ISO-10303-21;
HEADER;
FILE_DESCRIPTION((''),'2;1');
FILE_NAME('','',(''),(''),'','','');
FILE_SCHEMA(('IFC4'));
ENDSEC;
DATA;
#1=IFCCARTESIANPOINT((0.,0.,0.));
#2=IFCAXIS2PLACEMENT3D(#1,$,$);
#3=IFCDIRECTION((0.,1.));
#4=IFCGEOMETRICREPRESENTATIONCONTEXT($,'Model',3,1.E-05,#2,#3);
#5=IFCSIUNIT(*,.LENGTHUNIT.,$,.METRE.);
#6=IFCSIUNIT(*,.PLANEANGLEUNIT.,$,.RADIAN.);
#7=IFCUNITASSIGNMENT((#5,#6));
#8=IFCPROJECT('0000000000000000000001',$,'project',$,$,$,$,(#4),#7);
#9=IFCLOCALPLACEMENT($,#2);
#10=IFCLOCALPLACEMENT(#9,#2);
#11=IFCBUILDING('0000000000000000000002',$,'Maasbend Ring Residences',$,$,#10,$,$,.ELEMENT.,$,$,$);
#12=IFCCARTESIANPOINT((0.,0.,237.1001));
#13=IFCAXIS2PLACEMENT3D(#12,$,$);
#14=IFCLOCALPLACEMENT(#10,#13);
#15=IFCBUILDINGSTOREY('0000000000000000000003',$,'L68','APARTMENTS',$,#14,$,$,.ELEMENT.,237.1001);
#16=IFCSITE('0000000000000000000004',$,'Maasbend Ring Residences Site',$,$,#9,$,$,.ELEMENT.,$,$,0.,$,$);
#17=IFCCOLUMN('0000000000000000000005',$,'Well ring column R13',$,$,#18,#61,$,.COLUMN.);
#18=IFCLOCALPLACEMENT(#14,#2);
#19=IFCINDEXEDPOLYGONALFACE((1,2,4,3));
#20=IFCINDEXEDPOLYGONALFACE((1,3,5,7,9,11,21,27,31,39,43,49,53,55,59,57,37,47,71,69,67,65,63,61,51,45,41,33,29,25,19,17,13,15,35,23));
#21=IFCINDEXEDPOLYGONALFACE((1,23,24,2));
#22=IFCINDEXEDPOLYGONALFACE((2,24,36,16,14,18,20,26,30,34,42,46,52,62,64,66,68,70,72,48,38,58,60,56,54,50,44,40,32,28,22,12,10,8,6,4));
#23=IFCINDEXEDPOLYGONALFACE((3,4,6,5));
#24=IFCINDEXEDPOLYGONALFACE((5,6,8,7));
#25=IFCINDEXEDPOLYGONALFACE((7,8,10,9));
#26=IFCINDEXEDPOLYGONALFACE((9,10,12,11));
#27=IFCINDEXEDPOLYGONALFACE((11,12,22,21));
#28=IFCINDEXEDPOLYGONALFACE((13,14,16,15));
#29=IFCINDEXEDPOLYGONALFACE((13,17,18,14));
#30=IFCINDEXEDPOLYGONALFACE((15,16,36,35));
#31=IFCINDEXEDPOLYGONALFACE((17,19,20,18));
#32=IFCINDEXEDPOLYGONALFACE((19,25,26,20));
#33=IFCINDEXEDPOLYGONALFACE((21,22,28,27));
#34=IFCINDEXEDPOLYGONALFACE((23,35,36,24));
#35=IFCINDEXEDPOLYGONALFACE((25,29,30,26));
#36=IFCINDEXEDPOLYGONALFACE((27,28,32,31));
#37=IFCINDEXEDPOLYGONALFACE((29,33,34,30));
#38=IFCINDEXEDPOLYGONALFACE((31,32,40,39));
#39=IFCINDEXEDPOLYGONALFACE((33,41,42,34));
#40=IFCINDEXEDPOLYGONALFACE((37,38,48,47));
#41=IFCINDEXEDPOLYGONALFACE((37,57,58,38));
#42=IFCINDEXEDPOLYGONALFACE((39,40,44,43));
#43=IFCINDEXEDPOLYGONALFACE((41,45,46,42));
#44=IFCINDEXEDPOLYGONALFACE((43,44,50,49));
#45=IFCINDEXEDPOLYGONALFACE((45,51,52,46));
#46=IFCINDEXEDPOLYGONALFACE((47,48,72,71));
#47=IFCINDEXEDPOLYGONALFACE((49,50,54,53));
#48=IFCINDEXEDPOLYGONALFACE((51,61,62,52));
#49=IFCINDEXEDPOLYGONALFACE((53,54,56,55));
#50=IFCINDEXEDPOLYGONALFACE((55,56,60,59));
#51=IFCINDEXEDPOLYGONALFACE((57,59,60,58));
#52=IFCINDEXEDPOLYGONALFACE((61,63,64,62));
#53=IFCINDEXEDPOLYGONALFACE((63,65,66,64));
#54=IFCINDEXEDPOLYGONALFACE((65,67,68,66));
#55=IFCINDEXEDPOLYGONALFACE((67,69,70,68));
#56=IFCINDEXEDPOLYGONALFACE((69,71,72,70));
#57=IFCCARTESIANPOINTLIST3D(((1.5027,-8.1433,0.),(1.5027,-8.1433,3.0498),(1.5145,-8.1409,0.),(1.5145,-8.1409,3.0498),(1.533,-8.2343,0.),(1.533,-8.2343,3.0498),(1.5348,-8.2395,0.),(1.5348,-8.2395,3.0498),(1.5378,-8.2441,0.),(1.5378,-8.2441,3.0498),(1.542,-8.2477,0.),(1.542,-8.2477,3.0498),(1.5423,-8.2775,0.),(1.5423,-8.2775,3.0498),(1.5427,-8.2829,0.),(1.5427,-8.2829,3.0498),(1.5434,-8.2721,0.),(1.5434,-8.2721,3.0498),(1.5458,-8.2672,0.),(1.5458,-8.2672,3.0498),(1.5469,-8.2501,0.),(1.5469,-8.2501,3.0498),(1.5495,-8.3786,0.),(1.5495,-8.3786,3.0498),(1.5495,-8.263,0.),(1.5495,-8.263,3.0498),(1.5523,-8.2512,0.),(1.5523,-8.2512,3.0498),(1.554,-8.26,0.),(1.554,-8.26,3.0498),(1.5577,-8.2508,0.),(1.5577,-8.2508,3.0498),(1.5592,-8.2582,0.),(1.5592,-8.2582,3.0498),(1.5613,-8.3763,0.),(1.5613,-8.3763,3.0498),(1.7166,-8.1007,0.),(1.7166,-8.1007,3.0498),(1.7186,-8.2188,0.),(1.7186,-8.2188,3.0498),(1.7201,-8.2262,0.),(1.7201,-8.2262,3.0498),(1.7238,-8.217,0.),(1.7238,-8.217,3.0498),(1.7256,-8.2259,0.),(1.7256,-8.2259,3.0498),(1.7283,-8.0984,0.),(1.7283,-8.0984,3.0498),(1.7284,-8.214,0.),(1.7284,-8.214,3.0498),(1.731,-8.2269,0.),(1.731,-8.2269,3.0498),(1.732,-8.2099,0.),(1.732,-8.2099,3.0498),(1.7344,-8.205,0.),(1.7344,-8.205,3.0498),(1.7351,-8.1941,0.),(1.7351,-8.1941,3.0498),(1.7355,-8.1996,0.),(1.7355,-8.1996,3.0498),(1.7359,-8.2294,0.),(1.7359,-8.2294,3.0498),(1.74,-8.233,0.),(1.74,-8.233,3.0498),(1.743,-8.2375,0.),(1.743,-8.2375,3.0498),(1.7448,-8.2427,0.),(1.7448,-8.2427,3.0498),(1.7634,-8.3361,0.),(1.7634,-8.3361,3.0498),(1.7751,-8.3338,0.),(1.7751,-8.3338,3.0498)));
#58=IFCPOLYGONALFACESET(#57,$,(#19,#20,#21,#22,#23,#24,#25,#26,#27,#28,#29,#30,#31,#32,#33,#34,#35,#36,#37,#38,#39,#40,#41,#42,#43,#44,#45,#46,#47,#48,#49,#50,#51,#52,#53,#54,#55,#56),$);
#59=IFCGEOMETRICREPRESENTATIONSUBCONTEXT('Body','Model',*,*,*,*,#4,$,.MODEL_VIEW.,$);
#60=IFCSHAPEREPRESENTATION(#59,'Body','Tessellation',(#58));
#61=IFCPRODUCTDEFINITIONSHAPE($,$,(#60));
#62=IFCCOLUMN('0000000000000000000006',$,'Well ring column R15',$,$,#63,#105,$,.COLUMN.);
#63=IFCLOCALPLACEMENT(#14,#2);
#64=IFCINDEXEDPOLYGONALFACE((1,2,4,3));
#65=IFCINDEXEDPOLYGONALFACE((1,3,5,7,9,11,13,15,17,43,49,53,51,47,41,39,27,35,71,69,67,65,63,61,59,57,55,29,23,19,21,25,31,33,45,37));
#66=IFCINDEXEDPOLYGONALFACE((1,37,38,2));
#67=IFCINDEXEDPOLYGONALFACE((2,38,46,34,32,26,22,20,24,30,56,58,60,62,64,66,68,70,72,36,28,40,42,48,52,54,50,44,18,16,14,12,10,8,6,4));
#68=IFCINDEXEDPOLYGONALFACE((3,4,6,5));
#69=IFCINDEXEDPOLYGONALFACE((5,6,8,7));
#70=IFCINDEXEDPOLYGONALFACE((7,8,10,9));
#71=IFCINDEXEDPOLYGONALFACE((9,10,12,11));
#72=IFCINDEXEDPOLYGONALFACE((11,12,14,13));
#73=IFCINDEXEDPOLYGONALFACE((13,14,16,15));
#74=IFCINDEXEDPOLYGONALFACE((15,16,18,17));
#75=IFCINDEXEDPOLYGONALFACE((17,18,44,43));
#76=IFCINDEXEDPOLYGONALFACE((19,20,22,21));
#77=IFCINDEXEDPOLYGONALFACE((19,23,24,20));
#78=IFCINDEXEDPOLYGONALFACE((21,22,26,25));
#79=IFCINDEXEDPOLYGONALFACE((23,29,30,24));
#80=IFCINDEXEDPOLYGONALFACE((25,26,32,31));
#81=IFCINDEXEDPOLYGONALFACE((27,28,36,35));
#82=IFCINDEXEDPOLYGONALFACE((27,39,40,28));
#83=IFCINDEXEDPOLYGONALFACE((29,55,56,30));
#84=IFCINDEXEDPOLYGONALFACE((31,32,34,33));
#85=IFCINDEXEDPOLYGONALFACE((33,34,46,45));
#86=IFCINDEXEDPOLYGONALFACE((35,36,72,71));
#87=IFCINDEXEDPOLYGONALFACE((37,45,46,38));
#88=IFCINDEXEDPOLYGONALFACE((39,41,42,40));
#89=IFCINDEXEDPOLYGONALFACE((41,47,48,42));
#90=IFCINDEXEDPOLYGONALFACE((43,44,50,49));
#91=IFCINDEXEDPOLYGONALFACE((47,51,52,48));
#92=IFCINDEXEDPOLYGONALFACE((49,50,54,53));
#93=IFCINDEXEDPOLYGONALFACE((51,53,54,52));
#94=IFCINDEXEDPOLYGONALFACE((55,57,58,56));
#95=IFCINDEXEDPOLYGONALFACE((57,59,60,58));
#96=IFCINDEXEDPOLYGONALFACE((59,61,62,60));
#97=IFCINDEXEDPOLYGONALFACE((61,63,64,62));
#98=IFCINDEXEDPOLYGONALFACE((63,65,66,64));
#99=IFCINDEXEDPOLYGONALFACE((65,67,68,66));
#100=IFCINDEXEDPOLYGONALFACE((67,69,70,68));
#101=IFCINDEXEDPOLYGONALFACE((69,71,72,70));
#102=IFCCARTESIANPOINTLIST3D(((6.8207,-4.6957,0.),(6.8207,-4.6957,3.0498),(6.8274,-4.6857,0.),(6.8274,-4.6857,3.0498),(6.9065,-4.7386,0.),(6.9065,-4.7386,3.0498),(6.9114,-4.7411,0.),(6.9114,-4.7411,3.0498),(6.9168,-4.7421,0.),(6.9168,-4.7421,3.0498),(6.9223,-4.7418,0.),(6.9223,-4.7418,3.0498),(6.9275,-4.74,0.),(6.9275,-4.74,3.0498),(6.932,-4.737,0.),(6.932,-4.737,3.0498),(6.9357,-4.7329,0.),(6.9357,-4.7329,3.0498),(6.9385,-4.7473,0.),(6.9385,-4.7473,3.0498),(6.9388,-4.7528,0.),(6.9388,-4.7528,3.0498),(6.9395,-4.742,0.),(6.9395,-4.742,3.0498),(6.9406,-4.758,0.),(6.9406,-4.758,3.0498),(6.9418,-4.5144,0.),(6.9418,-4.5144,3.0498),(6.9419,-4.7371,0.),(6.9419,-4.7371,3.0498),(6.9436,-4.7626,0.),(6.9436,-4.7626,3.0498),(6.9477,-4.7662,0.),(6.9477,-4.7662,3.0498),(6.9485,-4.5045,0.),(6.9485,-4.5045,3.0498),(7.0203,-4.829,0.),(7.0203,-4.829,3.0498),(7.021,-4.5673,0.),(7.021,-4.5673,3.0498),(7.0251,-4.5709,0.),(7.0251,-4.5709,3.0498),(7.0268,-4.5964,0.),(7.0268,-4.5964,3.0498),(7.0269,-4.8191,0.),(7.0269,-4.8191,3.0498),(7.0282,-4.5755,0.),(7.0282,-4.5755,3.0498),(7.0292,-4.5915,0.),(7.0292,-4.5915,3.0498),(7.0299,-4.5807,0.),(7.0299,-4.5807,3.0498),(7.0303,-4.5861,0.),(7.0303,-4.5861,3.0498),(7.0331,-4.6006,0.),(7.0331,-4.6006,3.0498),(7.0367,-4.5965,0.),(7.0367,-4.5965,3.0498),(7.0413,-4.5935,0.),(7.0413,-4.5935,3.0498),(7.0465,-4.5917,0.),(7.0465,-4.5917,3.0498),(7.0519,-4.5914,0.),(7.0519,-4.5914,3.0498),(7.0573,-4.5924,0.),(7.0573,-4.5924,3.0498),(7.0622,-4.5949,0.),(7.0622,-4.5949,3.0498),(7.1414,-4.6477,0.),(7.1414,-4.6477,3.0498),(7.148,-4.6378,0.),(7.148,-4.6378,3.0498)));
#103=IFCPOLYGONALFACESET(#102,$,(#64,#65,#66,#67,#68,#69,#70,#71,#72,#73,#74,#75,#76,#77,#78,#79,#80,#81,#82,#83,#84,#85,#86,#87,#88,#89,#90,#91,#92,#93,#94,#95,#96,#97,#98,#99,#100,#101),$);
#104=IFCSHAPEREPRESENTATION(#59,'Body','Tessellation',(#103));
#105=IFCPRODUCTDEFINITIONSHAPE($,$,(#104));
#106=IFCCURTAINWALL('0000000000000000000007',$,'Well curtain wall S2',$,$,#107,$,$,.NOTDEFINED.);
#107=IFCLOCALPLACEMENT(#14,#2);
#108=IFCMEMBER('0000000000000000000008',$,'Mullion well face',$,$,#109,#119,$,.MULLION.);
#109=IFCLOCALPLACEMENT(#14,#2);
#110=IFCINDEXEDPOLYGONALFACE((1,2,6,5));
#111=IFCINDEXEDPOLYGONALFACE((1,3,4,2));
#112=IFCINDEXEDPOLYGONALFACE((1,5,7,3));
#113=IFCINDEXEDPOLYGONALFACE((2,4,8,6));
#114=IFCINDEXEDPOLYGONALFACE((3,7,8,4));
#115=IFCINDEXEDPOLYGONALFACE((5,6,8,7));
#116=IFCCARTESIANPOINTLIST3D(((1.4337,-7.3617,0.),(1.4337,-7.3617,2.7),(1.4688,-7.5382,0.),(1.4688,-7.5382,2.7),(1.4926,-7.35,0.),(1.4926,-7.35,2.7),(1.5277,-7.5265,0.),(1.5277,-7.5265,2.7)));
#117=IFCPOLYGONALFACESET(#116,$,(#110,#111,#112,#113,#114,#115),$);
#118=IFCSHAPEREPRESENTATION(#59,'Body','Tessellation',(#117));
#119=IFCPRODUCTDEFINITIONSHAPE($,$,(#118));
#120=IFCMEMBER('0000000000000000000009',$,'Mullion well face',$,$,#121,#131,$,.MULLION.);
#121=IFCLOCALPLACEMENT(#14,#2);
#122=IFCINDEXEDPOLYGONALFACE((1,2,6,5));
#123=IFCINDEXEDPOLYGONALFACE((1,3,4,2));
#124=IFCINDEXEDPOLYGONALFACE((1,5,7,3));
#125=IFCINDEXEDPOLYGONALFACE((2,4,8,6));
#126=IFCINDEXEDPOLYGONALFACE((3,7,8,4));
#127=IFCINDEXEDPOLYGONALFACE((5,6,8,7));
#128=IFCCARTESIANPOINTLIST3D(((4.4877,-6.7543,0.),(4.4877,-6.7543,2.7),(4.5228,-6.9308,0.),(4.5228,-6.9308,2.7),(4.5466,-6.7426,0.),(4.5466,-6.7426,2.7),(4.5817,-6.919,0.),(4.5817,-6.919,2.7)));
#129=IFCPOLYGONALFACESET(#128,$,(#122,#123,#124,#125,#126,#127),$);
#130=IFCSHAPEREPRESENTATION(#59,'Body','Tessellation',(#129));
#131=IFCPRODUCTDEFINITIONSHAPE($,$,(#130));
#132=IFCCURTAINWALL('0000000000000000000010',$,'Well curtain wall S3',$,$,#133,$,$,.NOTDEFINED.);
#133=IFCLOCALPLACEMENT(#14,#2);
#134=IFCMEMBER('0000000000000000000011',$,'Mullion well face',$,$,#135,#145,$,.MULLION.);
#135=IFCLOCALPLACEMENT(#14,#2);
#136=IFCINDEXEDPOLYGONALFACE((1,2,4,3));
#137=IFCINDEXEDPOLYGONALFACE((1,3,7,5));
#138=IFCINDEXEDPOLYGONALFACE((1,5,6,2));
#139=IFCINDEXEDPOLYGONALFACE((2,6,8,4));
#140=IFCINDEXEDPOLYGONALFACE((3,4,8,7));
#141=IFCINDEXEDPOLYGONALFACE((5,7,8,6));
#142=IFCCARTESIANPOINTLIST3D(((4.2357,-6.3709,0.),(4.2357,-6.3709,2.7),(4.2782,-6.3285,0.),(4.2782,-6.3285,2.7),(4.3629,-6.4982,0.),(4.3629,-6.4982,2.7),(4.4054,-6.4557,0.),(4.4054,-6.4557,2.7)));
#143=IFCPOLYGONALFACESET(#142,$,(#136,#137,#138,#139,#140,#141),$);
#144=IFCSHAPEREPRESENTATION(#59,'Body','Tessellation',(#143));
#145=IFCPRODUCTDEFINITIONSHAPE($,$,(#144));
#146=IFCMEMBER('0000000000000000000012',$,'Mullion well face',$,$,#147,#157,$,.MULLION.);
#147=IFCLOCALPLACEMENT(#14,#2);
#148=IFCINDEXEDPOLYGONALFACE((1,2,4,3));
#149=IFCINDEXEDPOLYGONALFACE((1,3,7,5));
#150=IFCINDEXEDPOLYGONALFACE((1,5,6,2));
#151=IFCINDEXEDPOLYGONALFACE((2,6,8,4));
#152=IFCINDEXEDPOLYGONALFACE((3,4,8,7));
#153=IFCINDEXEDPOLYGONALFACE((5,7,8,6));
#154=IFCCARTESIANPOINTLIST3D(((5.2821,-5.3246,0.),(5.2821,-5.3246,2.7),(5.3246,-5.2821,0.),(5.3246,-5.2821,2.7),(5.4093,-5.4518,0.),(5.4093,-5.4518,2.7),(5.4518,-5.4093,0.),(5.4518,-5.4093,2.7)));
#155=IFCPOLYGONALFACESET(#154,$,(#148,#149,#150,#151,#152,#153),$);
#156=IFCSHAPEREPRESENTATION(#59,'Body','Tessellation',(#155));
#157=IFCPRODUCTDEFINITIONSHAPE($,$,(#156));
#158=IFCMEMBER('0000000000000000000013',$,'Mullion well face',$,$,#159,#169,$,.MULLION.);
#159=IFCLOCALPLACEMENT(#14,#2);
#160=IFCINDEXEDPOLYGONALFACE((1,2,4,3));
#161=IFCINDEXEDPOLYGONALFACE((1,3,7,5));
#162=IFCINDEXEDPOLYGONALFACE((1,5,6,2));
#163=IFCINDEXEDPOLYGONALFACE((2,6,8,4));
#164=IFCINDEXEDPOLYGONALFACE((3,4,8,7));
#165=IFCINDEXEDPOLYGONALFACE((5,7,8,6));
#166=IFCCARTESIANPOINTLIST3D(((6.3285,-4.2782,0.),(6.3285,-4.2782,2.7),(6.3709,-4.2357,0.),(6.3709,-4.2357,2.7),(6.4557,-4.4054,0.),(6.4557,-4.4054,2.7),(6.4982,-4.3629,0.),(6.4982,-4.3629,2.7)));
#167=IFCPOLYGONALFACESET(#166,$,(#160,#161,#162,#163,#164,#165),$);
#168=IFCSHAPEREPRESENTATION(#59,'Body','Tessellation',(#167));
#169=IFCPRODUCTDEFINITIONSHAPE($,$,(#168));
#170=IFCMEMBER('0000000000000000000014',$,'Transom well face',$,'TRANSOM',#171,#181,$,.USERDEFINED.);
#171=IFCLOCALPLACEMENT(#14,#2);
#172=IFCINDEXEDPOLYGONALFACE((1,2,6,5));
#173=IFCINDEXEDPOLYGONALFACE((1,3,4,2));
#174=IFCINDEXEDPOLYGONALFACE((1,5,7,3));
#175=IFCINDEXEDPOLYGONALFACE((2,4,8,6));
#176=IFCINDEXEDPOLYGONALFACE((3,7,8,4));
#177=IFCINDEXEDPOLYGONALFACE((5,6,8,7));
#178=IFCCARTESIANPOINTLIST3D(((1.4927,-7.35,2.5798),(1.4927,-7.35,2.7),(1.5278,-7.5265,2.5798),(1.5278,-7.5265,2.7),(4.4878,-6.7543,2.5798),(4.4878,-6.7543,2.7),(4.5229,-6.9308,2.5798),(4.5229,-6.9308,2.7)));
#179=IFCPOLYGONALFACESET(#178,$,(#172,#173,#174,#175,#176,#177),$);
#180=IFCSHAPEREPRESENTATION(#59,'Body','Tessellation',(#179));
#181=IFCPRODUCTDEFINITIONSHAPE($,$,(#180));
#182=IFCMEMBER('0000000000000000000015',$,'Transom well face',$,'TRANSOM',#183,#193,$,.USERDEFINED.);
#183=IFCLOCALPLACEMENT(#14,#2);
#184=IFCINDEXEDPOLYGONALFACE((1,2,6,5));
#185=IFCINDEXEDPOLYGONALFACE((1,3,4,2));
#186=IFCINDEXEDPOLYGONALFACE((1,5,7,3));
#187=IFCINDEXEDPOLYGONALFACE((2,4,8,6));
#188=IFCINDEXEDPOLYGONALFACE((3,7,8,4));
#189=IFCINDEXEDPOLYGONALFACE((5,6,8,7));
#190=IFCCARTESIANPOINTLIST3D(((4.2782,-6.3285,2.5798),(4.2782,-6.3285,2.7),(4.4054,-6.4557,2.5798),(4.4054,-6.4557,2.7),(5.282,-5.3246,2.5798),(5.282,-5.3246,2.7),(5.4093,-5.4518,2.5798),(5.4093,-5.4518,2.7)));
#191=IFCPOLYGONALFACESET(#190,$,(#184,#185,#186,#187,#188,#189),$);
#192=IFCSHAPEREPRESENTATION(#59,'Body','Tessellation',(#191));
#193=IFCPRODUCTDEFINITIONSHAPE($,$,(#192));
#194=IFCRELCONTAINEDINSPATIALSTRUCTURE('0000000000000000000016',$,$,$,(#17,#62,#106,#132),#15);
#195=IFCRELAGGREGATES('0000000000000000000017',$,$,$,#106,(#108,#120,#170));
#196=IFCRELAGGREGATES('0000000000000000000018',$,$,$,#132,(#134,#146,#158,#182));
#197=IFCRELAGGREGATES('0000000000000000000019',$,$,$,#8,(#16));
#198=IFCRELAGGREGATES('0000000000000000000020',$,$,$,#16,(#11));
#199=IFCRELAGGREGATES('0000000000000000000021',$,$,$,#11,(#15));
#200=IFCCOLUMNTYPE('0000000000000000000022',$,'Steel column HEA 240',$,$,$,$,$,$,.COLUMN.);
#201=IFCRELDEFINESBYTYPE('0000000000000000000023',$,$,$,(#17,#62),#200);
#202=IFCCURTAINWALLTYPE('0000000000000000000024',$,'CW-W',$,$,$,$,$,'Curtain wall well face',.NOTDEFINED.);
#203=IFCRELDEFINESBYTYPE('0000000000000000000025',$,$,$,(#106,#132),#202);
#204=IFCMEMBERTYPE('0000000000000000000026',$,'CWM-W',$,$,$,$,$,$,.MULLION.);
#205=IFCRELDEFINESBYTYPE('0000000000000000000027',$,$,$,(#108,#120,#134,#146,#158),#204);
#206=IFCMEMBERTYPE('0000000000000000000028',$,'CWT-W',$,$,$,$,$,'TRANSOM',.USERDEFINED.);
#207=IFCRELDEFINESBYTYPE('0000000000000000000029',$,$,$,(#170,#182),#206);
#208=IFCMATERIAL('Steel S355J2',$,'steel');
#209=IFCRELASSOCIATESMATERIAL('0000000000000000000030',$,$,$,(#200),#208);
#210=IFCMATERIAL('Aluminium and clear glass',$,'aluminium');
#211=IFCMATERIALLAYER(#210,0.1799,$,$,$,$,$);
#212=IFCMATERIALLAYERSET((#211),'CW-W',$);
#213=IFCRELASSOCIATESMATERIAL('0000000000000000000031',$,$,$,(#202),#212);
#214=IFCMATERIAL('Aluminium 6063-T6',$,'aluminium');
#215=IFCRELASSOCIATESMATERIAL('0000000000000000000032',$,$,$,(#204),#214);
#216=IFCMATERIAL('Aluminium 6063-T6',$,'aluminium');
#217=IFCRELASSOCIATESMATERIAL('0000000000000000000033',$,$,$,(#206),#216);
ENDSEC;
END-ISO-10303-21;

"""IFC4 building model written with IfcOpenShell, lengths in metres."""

from ifc_helpers import new_model, si_unit, direction, frame, origin, origin_2d, place, context, subcontext, project, spatial, rectangle, i_section, extrude, material, layer, layer_set, material_profile, profile_set, type_object, element, aggregate, save


model = new_model("IFC4")

# Units and contexts
model_context = context("Model", 3, precision=1e-05, world=origin(), true_north=direction((0.0, 1.0)))
body_context = subcontext(model_context, "Body", "Model", "MODEL_VIEW")
ifc_project = project(units=[si_unit("LENGTHUNIT", "METRE"), si_unit("PLANEANGLEUNIT", "RADIAN")], contexts=[model_context])

# Site, building, storey
site_placement = place(None, origin())
site = spatial("IfcSite", under=ifc_project, at=site_placement, Name="Maasbend Ring Residences Site", CompositionType="ELEMENT", RefElevation=0.0)
building_placement = place(site_placement, origin())
building = spatial("IfcBuilding", under=site, at=building_placement, Name="Maasbend Ring Residences", CompositionType="ELEMENT")
storey_placement = place(building_placement, frame((0.0, 0.0, 237.1001)))
storey = spatial("IfcBuildingStorey", under=building, at=storey_placement, Name="L68", Description="APARTMENTS", CompositionType="ELEMENT", Elevation=237.1001)

# Columns
ifc_material_1 = material(Name="Steel S355J2", Category="steel")
ifc_material_profile_1 = material_profile(ifc_material_1, i_section(OverallWidth=0.24, OverallDepth=0.23, WebThickness=0.0076, FlangeThickness=0.012, FilletRadius=0.021, at=origin_2d()), Name="HEA 240")
ifc_profile_set_1 = profile_set([ifc_material_profile_1], Name="Steel S355J2")
column_type = type_object("IfcColumnType", Name="Steel column HEA 240", PredefinedType="COLUMN", material=ifc_profile_set_1)
for number, where, z_axis, x_axis, name in (
    (1, (1.6389, -8.2385, 0.0), (0.0, 0.0, 1.0), (0.19509, -0.980785, 0.0), "Well ring column R13"),
    (2, (6.9844, -4.6667, 0.0), (0.0, 0.0, 1.0), (0.83147, -0.55557, 0.0), "Well ring column R15"),
):
    element("IfcColumn", number, at=place(storey_placement, frame(where, z_axis=z_axis, x_axis=x_axis)), inside=storey, type_object=column_type, Name=name, PredefinedType="COLUMN", context=body_context, shape_type="SweptSolid", body=[
        extrude(i_section(OverallWidth=0.24, OverallDepth=0.23, WebThickness=0.0076, FlangeThickness=0.012, FilletRadius=0.021, at=origin_2d()), origin(), (0.0, 0.0, 1.0), 3.0498),
    ])

# Curtain walls, members
ifc_material_2 = material(Name="Aluminium and clear glass", Category="aluminium")
ifc_layer_1 = layer(ifc_material_2, 0.1799)
ifc_layer_set_1 = layer_set([ifc_layer_1], Name="CW-W")
curtain_wall_type = type_object("IfcCurtainWallType", Name="CW-W", ElementType="Curtain wall well face", PredefinedType="NOTDEFINED", material=ifc_layer_set_1)
curtain_wall_1_placement = place(storey_placement, origin())
curtain_wall_1 = element("IfcCurtainWall", 3, at=curtain_wall_1_placement, inside=storey, type_object=curtain_wall_type, Name="Well curtain wall S2", PredefinedType="NOTDEFINED")
ifc_material_3 = material(Name="Aluminium 6063-T6", Category="aluminium")
ifc_material_profile_2 = material_profile(ifc_material_3, rectangle(XDim=0.1799, YDim=0.0601, at=origin_2d()), Name="AL 180x60")
ifc_profile_set_2 = profile_set([ifc_material_profile_2], Name="Aluminium 6063-T6")
member_type_1 = type_object("IfcMemberType", Name="CWM-W", PredefinedType="MULLION", material=ifc_profile_set_2)
member_1_placement = place(storey_placement, frame((1.4807, -7.4441, 0.0), z_axis=(0.0, 0.0, 1.0), x_axis=(-0.19509, 0.980785, 0.0)))
member_1 = element("IfcMember", 4, at=member_1_placement, type_object=member_type_1, Name="Mullion well face", PredefinedType="MULLION", context=body_context, shape_type="SweptSolid", body=[
    extrude(rectangle(XDim=0.1799, YDim=0.0601, at=origin_2d()), origin(), (0.0, 0.0, 1.0), 2.7),
])
member_2_placement = place(storey_placement, frame((4.5347, -6.8367, 0.0), z_axis=(0.0, 0.0, 1.0), x_axis=(-0.19509, 0.980785, 0.0)))
member_2 = element("IfcMember", 5, at=member_2_placement, type_object=member_type_1, Name="Mullion well face", PredefinedType="MULLION", context=body_context, shape_type="SweptSolid", body=[
    extrude(rectangle(XDim=0.1799, YDim=0.0601, at=origin_2d()), origin(), (0.0, 0.0, 1.0), 2.7),
])
curtain_wall_2_placement = place(storey_placement, origin())
curtain_wall_2 = element("IfcCurtainWall", 6, at=curtain_wall_2_placement, inside=storey, type_object=curtain_wall_type, Name="Well curtain wall S3", PredefinedType="NOTDEFINED")
member_3_placement = place(storey_placement, frame((4.3206, -6.4133, 0.0), z_axis=(0.0, 0.0, 1.0), x_axis=(-0.707107, 0.707107, 0.0)))
member_3 = element("IfcMember", 7, at=member_3_placement, type_object=member_type_1, Name="Mullion well face", PredefinedType="MULLION", context=body_context, shape_type="SweptSolid", body=[
    extrude(rectangle(XDim=0.1799, YDim=0.0601, at=origin_2d()), origin(), (0.0, 0.0, 1.0), 2.7),
])
member_4_placement = place(storey_placement, frame((5.3669, -5.3669, 0.0), z_axis=(0.0, 0.0, 1.0), x_axis=(-0.707107, 0.707107, 0.0)))
member_4 = element("IfcMember", 8, at=member_4_placement, type_object=member_type_1, Name="Mullion well face", PredefinedType="MULLION", context=body_context, shape_type="SweptSolid", body=[
    extrude(rectangle(XDim=0.1799, YDim=0.0601, at=origin_2d()), origin(), (0.0, 0.0, 1.0), 2.7),
])
member_5_placement = place(storey_placement, frame((6.4133, -4.3206, 0.0), z_axis=(0.0, 0.0, 1.0), x_axis=(-0.707107, 0.707107, 0.0)))
member_5 = element("IfcMember", 9, at=member_5_placement, type_object=member_type_1, Name="Mullion well face", PredefinedType="MULLION", context=body_context, shape_type="SweptSolid", body=[
    extrude(rectangle(XDim=0.1799, YDim=0.0601, at=origin_2d()), origin(), (0.0, 0.0, 1.0), 2.7),
])

# Members
ifc_material_4 = material(Name="Aluminium 6063-T6", Category="aluminium")
ifc_material_profile_3 = material_profile(ifc_material_4, rectangle(XDim=0.1799, YDim=0.1201, at=origin_2d()), Name="AL 180x120")
ifc_profile_set_3 = profile_set([ifc_material_profile_3], Name="Aluminium 6063-T6")
member_type_2 = type_object("IfcMemberType", Name="CWT-W", ElementType="TRANSOM", PredefinedType="USERDEFINED", material=ifc_profile_set_3)
member_6_placement = place(storey_placement, frame((1.5103, -7.4382, 2.6399), z_axis=(0.980789, 0.195071, 0.0), x_axis=(-0.195071, 0.980789, 0.0)))
member_6 = element("IfcMember", 10, at=member_6_placement, type_object=member_type_2, Name="Transom well face", ObjectType="TRANSOM", PredefinedType="USERDEFINED", context=body_context, shape_type="SweptSolid", body=[
    extrude(rectangle(XDim=0.1799, YDim=0.1201, at=origin_2d()), origin(), (0.0, 0.0, 1.0), 3.0537),
])
member_7_placement = place(storey_placement, frame((4.3418, -6.3921, 2.6399), z_axis=(0.707107, 0.707107, 0.0), x_axis=(-0.707107, 0.707107, 0.0)))
member_7 = element("IfcMember", 11, at=member_7_placement, type_object=member_type_2, Name="Transom well face", ObjectType="TRANSOM", PredefinedType="USERDEFINED", context=body_context, shape_type="SweptSolid", body=[
    extrude(rectangle(XDim=0.1799, YDim=0.1201, at=origin_2d()), origin(), (0.0, 0.0, 1.0), 1.4197),
])

aggregate(curtain_wall_1, [member_1, member_2, member_6])
aggregate(curtain_wall_2, [member_3, member_4, member_5, member_7])

save(model, "model.ifc")
